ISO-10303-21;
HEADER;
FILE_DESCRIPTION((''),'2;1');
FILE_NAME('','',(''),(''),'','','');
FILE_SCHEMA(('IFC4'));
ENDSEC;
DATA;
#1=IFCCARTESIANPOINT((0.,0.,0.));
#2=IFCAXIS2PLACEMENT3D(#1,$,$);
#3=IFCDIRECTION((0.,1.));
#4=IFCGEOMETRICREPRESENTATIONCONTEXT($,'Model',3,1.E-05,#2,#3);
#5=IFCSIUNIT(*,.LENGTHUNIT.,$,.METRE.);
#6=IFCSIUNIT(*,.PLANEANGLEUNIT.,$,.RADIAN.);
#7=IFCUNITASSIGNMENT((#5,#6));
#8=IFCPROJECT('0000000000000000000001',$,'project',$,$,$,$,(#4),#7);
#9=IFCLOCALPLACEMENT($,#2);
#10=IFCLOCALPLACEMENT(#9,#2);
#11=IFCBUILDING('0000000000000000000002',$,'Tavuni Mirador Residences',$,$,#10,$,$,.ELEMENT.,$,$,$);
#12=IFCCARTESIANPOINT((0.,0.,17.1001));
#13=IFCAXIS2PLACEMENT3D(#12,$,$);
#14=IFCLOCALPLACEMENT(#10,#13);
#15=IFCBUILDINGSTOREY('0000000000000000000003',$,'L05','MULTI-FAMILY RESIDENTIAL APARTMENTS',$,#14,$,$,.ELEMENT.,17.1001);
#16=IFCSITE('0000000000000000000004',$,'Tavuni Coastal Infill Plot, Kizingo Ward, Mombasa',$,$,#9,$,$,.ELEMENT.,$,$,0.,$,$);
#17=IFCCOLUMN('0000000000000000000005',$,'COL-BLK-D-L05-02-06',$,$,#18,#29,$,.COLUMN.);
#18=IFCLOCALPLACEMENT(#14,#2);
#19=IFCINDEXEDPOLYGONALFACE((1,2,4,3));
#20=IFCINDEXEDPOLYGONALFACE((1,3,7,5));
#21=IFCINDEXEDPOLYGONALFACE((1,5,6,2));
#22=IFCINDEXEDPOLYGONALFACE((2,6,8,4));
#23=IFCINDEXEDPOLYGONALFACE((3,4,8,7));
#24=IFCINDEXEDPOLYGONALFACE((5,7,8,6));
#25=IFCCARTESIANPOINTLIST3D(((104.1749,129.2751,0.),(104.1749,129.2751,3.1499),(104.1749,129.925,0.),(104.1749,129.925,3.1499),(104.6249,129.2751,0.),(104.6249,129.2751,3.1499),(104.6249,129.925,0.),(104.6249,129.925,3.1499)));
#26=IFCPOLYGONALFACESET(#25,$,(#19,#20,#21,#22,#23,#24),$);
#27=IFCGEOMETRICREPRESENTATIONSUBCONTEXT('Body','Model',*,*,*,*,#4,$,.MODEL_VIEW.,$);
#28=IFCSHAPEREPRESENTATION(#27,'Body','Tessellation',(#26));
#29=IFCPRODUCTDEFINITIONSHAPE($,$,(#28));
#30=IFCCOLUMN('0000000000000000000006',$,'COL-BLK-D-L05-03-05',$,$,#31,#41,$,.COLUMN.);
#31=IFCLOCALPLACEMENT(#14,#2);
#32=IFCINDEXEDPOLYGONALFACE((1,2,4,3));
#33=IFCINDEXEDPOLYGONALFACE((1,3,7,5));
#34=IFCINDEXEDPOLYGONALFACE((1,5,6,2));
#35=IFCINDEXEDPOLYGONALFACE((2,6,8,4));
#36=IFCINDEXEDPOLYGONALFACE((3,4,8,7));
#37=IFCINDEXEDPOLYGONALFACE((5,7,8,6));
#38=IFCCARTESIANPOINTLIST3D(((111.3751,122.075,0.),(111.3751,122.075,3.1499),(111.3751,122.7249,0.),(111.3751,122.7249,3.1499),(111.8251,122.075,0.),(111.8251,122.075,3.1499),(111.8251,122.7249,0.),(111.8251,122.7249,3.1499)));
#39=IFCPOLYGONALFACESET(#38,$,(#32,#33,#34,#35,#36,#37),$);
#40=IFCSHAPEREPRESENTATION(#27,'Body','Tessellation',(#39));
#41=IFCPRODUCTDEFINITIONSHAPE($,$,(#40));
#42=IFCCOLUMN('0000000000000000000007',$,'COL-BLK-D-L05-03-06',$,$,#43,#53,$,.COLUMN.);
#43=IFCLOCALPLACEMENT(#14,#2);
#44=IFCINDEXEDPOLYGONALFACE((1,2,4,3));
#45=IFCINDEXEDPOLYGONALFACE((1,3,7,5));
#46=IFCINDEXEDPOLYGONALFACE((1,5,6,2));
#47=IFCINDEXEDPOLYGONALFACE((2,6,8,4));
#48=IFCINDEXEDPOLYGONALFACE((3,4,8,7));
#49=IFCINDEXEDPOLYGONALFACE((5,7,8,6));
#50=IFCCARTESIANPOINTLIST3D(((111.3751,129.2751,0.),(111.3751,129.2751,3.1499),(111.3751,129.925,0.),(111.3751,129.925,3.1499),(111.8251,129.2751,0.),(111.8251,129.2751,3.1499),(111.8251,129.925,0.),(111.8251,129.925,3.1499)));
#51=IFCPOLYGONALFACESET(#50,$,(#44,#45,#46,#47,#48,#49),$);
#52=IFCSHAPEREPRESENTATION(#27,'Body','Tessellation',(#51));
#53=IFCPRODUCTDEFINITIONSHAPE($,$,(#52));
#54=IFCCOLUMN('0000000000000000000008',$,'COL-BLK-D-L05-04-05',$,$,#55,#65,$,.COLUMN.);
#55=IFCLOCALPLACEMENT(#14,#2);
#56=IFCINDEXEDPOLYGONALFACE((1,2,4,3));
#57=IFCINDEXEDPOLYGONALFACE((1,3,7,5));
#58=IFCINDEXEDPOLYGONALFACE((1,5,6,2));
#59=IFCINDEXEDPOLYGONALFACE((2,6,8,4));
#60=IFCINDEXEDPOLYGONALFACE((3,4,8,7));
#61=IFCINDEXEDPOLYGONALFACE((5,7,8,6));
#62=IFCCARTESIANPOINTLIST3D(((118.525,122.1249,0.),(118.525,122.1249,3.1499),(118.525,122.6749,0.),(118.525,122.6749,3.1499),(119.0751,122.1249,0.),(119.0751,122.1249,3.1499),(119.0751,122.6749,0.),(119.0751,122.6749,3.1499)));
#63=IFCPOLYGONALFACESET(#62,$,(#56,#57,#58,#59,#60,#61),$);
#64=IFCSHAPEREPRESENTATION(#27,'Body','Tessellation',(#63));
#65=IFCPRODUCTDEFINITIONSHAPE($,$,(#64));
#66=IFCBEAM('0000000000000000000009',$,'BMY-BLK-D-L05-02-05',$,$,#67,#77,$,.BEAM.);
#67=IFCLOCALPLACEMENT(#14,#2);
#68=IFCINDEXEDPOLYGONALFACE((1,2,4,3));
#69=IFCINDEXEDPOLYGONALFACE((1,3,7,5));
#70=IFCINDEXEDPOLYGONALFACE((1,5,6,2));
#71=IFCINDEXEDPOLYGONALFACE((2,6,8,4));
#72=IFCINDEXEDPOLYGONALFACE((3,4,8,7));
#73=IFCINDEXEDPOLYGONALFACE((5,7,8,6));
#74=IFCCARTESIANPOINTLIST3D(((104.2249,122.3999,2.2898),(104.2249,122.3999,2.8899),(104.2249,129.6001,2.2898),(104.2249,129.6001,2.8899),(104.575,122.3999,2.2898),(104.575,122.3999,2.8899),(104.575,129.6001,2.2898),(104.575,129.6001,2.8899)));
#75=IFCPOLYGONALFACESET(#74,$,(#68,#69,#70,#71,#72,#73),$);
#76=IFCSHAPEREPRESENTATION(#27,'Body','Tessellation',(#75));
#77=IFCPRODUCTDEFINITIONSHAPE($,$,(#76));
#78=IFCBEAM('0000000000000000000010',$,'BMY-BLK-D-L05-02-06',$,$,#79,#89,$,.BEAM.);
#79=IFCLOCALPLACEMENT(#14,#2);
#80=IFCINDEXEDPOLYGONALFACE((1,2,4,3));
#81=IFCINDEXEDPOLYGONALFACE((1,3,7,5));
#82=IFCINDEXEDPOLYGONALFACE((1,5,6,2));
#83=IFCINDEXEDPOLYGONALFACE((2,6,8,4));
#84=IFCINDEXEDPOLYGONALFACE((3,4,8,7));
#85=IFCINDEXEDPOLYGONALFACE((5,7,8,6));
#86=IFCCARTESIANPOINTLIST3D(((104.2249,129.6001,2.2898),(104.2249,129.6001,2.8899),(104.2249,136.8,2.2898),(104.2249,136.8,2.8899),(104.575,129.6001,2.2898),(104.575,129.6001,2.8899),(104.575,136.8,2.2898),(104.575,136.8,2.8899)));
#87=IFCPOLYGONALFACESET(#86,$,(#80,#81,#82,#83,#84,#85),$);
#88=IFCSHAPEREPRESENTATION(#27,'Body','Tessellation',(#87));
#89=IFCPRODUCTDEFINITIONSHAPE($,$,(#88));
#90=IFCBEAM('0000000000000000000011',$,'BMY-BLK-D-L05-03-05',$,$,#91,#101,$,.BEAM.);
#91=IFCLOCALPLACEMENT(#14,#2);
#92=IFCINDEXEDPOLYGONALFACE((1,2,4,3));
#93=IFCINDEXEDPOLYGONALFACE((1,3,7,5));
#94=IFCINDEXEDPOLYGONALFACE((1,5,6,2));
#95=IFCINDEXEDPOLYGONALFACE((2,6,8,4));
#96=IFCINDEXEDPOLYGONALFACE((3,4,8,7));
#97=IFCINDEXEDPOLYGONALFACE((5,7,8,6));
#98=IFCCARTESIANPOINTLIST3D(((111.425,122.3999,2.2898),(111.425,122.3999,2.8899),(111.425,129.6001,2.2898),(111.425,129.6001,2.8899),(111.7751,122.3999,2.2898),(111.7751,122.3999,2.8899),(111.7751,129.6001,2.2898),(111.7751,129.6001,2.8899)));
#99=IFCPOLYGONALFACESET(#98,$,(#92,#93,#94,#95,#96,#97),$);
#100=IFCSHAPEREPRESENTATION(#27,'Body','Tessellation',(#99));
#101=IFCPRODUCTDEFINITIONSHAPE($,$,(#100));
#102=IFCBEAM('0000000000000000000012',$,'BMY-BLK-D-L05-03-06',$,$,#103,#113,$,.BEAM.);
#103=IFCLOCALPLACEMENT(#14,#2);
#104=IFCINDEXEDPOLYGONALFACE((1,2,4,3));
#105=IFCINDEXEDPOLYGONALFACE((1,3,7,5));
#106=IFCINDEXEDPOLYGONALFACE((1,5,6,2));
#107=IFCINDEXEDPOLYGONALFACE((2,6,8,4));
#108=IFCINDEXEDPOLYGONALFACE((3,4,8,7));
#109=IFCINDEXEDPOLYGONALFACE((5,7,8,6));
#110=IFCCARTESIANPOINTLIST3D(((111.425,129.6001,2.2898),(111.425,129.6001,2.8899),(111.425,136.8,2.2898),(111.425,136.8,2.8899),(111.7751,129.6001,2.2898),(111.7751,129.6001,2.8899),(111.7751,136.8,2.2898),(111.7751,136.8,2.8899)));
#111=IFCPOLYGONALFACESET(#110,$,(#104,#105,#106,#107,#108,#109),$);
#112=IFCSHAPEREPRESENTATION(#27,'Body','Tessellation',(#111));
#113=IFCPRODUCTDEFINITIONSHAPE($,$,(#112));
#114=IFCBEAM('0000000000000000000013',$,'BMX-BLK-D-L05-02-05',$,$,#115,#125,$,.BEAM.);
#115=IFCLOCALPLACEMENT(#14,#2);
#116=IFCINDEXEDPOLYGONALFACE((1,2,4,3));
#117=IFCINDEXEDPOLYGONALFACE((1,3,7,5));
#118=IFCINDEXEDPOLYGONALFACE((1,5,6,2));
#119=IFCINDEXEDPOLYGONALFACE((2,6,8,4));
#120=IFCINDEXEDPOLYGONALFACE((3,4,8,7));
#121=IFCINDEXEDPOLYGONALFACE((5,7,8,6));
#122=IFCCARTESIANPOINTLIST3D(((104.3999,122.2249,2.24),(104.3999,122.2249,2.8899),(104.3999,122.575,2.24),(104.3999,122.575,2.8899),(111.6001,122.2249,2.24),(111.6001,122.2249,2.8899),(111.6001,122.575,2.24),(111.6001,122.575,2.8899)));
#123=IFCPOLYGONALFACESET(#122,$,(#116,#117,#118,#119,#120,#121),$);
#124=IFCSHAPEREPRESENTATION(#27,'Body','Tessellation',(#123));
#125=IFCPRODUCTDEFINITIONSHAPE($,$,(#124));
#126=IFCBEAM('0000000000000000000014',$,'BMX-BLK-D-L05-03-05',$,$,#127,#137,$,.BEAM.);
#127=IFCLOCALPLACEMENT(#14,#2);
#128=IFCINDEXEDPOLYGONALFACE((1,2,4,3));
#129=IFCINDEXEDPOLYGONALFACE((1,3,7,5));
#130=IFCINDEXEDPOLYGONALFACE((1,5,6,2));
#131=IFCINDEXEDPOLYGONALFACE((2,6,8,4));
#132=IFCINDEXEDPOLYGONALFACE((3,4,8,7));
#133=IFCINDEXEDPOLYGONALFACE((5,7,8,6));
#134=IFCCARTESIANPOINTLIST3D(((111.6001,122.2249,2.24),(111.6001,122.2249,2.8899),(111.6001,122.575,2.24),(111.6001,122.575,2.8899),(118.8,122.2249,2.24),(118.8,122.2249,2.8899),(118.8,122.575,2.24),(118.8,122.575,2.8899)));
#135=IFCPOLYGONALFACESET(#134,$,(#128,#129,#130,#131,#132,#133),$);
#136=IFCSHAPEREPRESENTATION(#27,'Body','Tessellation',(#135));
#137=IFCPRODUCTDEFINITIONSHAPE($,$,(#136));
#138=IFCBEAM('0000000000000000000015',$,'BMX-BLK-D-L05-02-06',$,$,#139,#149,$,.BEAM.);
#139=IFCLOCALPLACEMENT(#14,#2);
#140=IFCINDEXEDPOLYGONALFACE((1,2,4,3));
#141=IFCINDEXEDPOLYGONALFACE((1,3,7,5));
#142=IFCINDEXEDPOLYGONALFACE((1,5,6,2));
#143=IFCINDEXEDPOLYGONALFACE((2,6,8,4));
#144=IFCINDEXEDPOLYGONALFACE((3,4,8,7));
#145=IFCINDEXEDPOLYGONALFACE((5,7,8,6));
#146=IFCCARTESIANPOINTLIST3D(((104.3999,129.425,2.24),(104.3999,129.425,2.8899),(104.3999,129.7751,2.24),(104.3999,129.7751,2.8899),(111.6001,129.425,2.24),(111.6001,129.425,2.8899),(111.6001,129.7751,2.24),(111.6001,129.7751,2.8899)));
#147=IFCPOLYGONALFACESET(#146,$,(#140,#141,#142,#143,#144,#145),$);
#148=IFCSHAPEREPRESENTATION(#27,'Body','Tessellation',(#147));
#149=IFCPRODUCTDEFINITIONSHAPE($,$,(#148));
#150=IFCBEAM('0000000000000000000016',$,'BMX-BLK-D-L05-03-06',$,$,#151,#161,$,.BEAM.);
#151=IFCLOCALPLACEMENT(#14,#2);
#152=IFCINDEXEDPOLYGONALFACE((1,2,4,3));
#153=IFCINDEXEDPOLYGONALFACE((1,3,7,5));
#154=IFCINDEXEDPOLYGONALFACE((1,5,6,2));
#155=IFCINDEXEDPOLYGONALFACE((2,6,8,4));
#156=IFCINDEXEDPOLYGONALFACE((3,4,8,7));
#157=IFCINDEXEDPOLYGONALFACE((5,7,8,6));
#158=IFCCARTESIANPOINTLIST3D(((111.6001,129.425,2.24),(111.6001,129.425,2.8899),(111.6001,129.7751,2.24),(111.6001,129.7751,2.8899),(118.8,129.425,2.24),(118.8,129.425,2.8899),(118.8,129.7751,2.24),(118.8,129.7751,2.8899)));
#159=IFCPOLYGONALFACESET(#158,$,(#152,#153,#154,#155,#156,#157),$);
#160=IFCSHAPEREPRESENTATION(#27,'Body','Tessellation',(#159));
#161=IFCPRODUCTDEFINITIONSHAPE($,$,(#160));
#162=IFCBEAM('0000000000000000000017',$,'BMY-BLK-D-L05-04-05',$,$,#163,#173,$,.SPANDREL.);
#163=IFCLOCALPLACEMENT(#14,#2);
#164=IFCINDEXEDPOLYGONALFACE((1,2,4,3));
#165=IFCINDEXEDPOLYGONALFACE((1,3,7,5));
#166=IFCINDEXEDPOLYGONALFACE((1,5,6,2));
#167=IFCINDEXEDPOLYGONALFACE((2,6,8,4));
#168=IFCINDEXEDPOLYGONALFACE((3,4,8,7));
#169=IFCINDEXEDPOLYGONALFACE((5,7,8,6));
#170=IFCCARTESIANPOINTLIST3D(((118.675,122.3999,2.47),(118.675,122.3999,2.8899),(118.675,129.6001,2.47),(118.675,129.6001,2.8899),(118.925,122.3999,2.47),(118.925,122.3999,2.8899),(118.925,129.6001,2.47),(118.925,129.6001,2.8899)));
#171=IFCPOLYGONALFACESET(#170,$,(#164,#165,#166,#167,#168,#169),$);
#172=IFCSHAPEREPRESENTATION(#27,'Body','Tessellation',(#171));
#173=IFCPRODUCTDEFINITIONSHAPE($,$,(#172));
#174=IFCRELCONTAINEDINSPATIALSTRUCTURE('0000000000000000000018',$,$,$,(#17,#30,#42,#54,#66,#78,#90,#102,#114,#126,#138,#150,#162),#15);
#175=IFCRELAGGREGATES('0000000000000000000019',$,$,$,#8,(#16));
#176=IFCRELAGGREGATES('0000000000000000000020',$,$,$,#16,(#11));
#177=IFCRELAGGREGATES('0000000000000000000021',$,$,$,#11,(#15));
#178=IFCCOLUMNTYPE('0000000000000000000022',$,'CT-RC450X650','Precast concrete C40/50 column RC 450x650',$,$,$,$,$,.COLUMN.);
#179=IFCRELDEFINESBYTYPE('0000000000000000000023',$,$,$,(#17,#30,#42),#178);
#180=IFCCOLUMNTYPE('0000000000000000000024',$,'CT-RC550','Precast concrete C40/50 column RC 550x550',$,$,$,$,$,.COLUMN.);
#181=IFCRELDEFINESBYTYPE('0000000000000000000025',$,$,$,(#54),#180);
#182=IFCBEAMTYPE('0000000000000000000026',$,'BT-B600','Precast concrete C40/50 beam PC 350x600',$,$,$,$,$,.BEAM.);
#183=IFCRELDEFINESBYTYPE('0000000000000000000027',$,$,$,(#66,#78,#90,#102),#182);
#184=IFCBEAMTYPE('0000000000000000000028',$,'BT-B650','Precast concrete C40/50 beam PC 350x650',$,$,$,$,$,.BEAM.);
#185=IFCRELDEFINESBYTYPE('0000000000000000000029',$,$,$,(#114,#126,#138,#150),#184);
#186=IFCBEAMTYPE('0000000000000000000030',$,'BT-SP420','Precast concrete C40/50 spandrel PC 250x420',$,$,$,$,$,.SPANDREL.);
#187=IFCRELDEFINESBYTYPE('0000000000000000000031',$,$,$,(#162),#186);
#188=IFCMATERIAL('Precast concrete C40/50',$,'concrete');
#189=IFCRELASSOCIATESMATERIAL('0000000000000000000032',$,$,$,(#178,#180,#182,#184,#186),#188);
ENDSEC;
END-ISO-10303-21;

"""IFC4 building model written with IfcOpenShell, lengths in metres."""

from ifc_helpers import new_model, si_unit, direction, frame, origin, origin_2d, place, context, subcontext, project, spatial, rectangle, extrude, material, material_profile, profile_set, type_object, element, save


model = new_model("IFC4")

# Units and contexts
model_context = context("Model", 3, precision=1e-05, world=origin(), true_north=direction((0.0, 1.0)))
body_context = subcontext(model_context, "Body", "Model", "MODEL_VIEW")
ifc_project = project(units=[si_unit("LENGTHUNIT", "METRE"), si_unit("PLANEANGLEUNIT", "RADIAN")], contexts=[model_context])

# Site, building, storey
site_placement = place(None, origin())
site = spatial("IfcSite", under=ifc_project, at=site_placement, Name="Tavuni Coastal Infill Plot, Kizingo Ward, Mombasa", CompositionType="ELEMENT", RefElevation=0.0)
building_placement = place(site_placement, origin())
building = spatial("IfcBuilding", under=site, at=building_placement, Name="Tavuni Mirador Residences", CompositionType="ELEMENT")
storey_placement = place(building_placement, frame((0.0, 0.0, 17.1001)))
storey = spatial("IfcBuildingStorey", under=building, at=storey_placement, Name="L05", Description="MULTI-FAMILY RESIDENTIAL APARTMENTS", CompositionType="ELEMENT", Elevation=17.1001)

# Columns
ifc_material_1 = material(Name="Precast concrete C40/50", Category="concrete")
ifc_material_profile_1 = material_profile(ifc_material_1, rectangle(XDim=0.45, YDim=0.6499, at=origin_2d()), Name="RC 450x650", Category="concrete")
ifc_profile_set_1 = profile_set([ifc_material_profile_1], Name="Precast concrete C40/50")
column_type_1 = type_object("IfcColumnType", Name="CT-RC450X650", Description="Precast concrete C40/50 column RC 450x650", PredefinedType="COLUMN", material=ifc_profile_set_1)
for number, where, z_axis, x_axis, name in (
    (1, (104.3999, 129.6001, 0.0), (0.0, 0.0, 1.0), (1.0, 0.0, 0.0), "COL-BLK-D-L05-02-06"),
    (2, (111.6001, 122.3999, 0.0), (0.0, 0.0, 1.0), (1.0, 0.0, 0.0), "COL-BLK-D-L05-03-05"),
    (3, (111.6001, 129.6001, 0.0), (0.0, 0.0, 1.0), (1.0, 0.0, 0.0), "COL-BLK-D-L05-03-06"),
):
    element("IfcColumn", number, at=place(storey_placement, frame(where, z_axis=z_axis, x_axis=x_axis)), inside=storey, type_object=column_type_1, Name=name, PredefinedType="COLUMN", context=body_context, shape_type="SweptSolid", body=[
        extrude(rectangle(XDim=0.45, YDim=0.6499, at=origin_2d()), origin(), (0.0, 0.0, 1.0), 3.1499),
    ])
ifc_material_profile_2 = material_profile(ifc_material_1, rectangle(XDim=0.55, YDim=0.55, at=origin_2d()), Name="RC 550x550", Category="concrete")
ifc_profile_set_2 = profile_set([ifc_material_profile_2], Name="Precast concrete C40/50")
column_type_2 = type_object("IfcColumnType", Name="CT-RC550", Description="Precast concrete C40/50 column RC 550x550", PredefinedType="COLUMN", material=ifc_profile_set_2)
column_placement = place(storey_placement, frame((118.8, 122.3999, 0.0), z_axis=(0.0, 0.0, 1.0), x_axis=(1.0, 0.0, 0.0)))
element("IfcColumn", 4, at=column_placement, inside=storey, type_object=column_type_2, Name="COL-BLK-D-L05-04-05", PredefinedType="COLUMN", context=body_context, shape_type="SweptSolid", body=[
    extrude(rectangle(XDim=0.55, YDim=0.55, at=origin_2d()), origin(), (0.0, 0.0, 1.0), 3.1499),
])

# Beams
ifc_material_profile_3 = material_profile(ifc_material_1, rectangle(XDim=0.3501, YDim=0.6001, at=origin_2d()), Name="PC 350x600", Category="concrete")
ifc_profile_set_3 = profile_set([ifc_material_profile_3], Name="Precast concrete C40/50")
beam_type_1 = type_object("IfcBeamType", Name="BT-B600", Description="Precast concrete C40/50 beam PC 350x600", PredefinedType="BEAM", material=ifc_profile_set_3)
beam_1_placement = place(storey_placement, frame((104.3999, 122.3999, 2.5898), z_axis=(0.0, 1.0, 0.0), x_axis=(-1.0, 0.0, 0.0)))
element("IfcBeam", 5, at=beam_1_placement, inside=storey, type_object=beam_type_1, Name="BMY-BLK-D-L05-02-05", PredefinedType="BEAM", context=body_context, shape_type="SweptSolid", body=[
    extrude(rectangle(XDim=0.3501, YDim=0.6001, at=origin_2d()), origin(), (0.0, 0.0, 1.0), 7.2002),
])
beam_2_placement = place(storey_placement, frame((104.3999, 129.6001, 2.5898), z_axis=(0.0, 1.0, 0.0), x_axis=(-1.0, 0.0, 0.0)))
element("IfcBeam", 6, at=beam_2_placement, inside=storey, type_object=beam_type_1, Name="BMY-BLK-D-L05-02-06", PredefinedType="BEAM", context=body_context, shape_type="SweptSolid", body=[
    extrude(rectangle(XDim=0.3501, YDim=0.6001, at=origin_2d()), origin(), (0.0, 0.0, 1.0), 7.2),
])
beam_3_placement = place(storey_placement, frame((111.6001, 122.3999, 2.5898), z_axis=(0.0, 1.0, 0.0), x_axis=(-1.0, 0.0, 0.0)))
element("IfcBeam", 7, at=beam_3_placement, inside=storey, type_object=beam_type_1, Name="BMY-BLK-D-L05-03-05", PredefinedType="BEAM", context=body_context, shape_type="SweptSolid", body=[
    extrude(rectangle(XDim=0.3501, YDim=0.6001, at=origin_2d()), origin(), (0.0, 0.0, 1.0), 7.2002),
])
beam_4_placement = place(storey_placement, frame((111.6001, 129.6001, 2.5898), z_axis=(0.0, 1.0, 0.0), x_axis=(-1.0, 0.0, 0.0)))
element("IfcBeam", 8, at=beam_4_placement, inside=storey, type_object=beam_type_1, Name="BMY-BLK-D-L05-03-06", PredefinedType="BEAM", context=body_context, shape_type="SweptSolid", body=[
    extrude(rectangle(XDim=0.3501, YDim=0.6001, at=origin_2d()), origin(), (0.0, 0.0, 1.0), 7.2),
])
ifc_material_profile_4 = material_profile(ifc_material_1, rectangle(XDim=0.3501, YDim=0.6499, at=origin_2d()), Name="PC 350x650", Category="concrete")
ifc_profile_set_4 = profile_set([ifc_material_profile_4], Name="Precast concrete C40/50")
beam_type_2 = type_object("IfcBeamType", Name="BT-B650", Description="Precast concrete C40/50 beam PC 350x650", PredefinedType="BEAM", material=ifc_profile_set_4)
beam_5_placement = place(storey_placement, frame((104.3999, 122.3999, 2.5649), z_axis=(1.0, 0.0, 0.0), x_axis=(0.0, 1.0, 0.0)))
element("IfcBeam", 9, at=beam_5_placement, inside=storey, type_object=beam_type_2, Name="BMX-BLK-D-L05-02-05", PredefinedType="BEAM", context=body_context, shape_type="SweptSolid", body=[
    extrude(rectangle(XDim=0.3501, YDim=0.6499, at=origin_2d()), origin(), (0.0, 0.0, 1.0), 7.2002),
])
beam_6_placement = place(storey_placement, frame((111.6001, 122.3999, 2.5649), z_axis=(1.0, 0.0, 0.0), x_axis=(0.0, 1.0, 0.0)))
element("IfcBeam", 10, at=beam_6_placement, inside=storey, type_object=beam_type_2, Name="BMX-BLK-D-L05-03-05", PredefinedType="BEAM", context=body_context, shape_type="SweptSolid", body=[
    extrude(rectangle(XDim=0.3501, YDim=0.6499, at=origin_2d()), origin(), (0.0, 0.0, 1.0), 7.2),
])
beam_7_placement = place(storey_placement, frame((104.3999, 129.6001, 2.5649), z_axis=(1.0, 0.0, 0.0), x_axis=(0.0, 1.0, 0.0)))
element("IfcBeam", 11, at=beam_7_placement, inside=storey, type_object=beam_type_2, Name="BMX-BLK-D-L05-02-06", PredefinedType="BEAM", context=body_context, shape_type="SweptSolid", body=[
    extrude(rectangle(XDim=0.3501, YDim=0.6499, at=origin_2d()), origin(), (0.0, 0.0, 1.0), 7.2002),
])
beam_8_placement = place(storey_placement, frame((111.6001, 129.6001, 2.5649), z_axis=(1.0, 0.0, 0.0), x_axis=(0.0, 1.0, 0.0)))
element("IfcBeam", 12, at=beam_8_placement, inside=storey, type_object=beam_type_2, Name="BMX-BLK-D-L05-03-06", PredefinedType="BEAM", context=body_context, shape_type="SweptSolid", body=[
    extrude(rectangle(XDim=0.3501, YDim=0.6499, at=origin_2d()), origin(), (0.0, 0.0, 1.0), 7.2),
])
ifc_material_profile_5 = material_profile(ifc_material_1, rectangle(XDim=0.25, YDim=0.4199, at=origin_2d()), Name="PC 250x420", Category="concrete")
ifc_profile_set_5 = profile_set([ifc_material_profile_5], Name="Precast concrete C40/50")
beam_type_3 = type_object("IfcBeamType", Name="BT-SP420", Description="Precast concrete C40/50 spandrel PC 250x420", PredefinedType="SPANDREL", material=ifc_profile_set_5)
beam_9_placement = place(storey_placement, frame((118.8, 122.3999, 2.6799), z_axis=(0.0, 1.0, 0.0), x_axis=(-1.0, 0.0, 0.0)))
element("IfcBeam", 13, at=beam_9_placement, inside=storey, type_object=beam_type_3, Name="BMY-BLK-D-L05-04-05", PredefinedType="SPANDREL", context=body_context, shape_type="SweptSolid", body=[
    extrude(rectangle(XDim=0.25, YDim=0.4199, at=origin_2d()), origin(), (0.0, 0.0, 1.0), 7.2002),
])

save(model, "model.ifc")
